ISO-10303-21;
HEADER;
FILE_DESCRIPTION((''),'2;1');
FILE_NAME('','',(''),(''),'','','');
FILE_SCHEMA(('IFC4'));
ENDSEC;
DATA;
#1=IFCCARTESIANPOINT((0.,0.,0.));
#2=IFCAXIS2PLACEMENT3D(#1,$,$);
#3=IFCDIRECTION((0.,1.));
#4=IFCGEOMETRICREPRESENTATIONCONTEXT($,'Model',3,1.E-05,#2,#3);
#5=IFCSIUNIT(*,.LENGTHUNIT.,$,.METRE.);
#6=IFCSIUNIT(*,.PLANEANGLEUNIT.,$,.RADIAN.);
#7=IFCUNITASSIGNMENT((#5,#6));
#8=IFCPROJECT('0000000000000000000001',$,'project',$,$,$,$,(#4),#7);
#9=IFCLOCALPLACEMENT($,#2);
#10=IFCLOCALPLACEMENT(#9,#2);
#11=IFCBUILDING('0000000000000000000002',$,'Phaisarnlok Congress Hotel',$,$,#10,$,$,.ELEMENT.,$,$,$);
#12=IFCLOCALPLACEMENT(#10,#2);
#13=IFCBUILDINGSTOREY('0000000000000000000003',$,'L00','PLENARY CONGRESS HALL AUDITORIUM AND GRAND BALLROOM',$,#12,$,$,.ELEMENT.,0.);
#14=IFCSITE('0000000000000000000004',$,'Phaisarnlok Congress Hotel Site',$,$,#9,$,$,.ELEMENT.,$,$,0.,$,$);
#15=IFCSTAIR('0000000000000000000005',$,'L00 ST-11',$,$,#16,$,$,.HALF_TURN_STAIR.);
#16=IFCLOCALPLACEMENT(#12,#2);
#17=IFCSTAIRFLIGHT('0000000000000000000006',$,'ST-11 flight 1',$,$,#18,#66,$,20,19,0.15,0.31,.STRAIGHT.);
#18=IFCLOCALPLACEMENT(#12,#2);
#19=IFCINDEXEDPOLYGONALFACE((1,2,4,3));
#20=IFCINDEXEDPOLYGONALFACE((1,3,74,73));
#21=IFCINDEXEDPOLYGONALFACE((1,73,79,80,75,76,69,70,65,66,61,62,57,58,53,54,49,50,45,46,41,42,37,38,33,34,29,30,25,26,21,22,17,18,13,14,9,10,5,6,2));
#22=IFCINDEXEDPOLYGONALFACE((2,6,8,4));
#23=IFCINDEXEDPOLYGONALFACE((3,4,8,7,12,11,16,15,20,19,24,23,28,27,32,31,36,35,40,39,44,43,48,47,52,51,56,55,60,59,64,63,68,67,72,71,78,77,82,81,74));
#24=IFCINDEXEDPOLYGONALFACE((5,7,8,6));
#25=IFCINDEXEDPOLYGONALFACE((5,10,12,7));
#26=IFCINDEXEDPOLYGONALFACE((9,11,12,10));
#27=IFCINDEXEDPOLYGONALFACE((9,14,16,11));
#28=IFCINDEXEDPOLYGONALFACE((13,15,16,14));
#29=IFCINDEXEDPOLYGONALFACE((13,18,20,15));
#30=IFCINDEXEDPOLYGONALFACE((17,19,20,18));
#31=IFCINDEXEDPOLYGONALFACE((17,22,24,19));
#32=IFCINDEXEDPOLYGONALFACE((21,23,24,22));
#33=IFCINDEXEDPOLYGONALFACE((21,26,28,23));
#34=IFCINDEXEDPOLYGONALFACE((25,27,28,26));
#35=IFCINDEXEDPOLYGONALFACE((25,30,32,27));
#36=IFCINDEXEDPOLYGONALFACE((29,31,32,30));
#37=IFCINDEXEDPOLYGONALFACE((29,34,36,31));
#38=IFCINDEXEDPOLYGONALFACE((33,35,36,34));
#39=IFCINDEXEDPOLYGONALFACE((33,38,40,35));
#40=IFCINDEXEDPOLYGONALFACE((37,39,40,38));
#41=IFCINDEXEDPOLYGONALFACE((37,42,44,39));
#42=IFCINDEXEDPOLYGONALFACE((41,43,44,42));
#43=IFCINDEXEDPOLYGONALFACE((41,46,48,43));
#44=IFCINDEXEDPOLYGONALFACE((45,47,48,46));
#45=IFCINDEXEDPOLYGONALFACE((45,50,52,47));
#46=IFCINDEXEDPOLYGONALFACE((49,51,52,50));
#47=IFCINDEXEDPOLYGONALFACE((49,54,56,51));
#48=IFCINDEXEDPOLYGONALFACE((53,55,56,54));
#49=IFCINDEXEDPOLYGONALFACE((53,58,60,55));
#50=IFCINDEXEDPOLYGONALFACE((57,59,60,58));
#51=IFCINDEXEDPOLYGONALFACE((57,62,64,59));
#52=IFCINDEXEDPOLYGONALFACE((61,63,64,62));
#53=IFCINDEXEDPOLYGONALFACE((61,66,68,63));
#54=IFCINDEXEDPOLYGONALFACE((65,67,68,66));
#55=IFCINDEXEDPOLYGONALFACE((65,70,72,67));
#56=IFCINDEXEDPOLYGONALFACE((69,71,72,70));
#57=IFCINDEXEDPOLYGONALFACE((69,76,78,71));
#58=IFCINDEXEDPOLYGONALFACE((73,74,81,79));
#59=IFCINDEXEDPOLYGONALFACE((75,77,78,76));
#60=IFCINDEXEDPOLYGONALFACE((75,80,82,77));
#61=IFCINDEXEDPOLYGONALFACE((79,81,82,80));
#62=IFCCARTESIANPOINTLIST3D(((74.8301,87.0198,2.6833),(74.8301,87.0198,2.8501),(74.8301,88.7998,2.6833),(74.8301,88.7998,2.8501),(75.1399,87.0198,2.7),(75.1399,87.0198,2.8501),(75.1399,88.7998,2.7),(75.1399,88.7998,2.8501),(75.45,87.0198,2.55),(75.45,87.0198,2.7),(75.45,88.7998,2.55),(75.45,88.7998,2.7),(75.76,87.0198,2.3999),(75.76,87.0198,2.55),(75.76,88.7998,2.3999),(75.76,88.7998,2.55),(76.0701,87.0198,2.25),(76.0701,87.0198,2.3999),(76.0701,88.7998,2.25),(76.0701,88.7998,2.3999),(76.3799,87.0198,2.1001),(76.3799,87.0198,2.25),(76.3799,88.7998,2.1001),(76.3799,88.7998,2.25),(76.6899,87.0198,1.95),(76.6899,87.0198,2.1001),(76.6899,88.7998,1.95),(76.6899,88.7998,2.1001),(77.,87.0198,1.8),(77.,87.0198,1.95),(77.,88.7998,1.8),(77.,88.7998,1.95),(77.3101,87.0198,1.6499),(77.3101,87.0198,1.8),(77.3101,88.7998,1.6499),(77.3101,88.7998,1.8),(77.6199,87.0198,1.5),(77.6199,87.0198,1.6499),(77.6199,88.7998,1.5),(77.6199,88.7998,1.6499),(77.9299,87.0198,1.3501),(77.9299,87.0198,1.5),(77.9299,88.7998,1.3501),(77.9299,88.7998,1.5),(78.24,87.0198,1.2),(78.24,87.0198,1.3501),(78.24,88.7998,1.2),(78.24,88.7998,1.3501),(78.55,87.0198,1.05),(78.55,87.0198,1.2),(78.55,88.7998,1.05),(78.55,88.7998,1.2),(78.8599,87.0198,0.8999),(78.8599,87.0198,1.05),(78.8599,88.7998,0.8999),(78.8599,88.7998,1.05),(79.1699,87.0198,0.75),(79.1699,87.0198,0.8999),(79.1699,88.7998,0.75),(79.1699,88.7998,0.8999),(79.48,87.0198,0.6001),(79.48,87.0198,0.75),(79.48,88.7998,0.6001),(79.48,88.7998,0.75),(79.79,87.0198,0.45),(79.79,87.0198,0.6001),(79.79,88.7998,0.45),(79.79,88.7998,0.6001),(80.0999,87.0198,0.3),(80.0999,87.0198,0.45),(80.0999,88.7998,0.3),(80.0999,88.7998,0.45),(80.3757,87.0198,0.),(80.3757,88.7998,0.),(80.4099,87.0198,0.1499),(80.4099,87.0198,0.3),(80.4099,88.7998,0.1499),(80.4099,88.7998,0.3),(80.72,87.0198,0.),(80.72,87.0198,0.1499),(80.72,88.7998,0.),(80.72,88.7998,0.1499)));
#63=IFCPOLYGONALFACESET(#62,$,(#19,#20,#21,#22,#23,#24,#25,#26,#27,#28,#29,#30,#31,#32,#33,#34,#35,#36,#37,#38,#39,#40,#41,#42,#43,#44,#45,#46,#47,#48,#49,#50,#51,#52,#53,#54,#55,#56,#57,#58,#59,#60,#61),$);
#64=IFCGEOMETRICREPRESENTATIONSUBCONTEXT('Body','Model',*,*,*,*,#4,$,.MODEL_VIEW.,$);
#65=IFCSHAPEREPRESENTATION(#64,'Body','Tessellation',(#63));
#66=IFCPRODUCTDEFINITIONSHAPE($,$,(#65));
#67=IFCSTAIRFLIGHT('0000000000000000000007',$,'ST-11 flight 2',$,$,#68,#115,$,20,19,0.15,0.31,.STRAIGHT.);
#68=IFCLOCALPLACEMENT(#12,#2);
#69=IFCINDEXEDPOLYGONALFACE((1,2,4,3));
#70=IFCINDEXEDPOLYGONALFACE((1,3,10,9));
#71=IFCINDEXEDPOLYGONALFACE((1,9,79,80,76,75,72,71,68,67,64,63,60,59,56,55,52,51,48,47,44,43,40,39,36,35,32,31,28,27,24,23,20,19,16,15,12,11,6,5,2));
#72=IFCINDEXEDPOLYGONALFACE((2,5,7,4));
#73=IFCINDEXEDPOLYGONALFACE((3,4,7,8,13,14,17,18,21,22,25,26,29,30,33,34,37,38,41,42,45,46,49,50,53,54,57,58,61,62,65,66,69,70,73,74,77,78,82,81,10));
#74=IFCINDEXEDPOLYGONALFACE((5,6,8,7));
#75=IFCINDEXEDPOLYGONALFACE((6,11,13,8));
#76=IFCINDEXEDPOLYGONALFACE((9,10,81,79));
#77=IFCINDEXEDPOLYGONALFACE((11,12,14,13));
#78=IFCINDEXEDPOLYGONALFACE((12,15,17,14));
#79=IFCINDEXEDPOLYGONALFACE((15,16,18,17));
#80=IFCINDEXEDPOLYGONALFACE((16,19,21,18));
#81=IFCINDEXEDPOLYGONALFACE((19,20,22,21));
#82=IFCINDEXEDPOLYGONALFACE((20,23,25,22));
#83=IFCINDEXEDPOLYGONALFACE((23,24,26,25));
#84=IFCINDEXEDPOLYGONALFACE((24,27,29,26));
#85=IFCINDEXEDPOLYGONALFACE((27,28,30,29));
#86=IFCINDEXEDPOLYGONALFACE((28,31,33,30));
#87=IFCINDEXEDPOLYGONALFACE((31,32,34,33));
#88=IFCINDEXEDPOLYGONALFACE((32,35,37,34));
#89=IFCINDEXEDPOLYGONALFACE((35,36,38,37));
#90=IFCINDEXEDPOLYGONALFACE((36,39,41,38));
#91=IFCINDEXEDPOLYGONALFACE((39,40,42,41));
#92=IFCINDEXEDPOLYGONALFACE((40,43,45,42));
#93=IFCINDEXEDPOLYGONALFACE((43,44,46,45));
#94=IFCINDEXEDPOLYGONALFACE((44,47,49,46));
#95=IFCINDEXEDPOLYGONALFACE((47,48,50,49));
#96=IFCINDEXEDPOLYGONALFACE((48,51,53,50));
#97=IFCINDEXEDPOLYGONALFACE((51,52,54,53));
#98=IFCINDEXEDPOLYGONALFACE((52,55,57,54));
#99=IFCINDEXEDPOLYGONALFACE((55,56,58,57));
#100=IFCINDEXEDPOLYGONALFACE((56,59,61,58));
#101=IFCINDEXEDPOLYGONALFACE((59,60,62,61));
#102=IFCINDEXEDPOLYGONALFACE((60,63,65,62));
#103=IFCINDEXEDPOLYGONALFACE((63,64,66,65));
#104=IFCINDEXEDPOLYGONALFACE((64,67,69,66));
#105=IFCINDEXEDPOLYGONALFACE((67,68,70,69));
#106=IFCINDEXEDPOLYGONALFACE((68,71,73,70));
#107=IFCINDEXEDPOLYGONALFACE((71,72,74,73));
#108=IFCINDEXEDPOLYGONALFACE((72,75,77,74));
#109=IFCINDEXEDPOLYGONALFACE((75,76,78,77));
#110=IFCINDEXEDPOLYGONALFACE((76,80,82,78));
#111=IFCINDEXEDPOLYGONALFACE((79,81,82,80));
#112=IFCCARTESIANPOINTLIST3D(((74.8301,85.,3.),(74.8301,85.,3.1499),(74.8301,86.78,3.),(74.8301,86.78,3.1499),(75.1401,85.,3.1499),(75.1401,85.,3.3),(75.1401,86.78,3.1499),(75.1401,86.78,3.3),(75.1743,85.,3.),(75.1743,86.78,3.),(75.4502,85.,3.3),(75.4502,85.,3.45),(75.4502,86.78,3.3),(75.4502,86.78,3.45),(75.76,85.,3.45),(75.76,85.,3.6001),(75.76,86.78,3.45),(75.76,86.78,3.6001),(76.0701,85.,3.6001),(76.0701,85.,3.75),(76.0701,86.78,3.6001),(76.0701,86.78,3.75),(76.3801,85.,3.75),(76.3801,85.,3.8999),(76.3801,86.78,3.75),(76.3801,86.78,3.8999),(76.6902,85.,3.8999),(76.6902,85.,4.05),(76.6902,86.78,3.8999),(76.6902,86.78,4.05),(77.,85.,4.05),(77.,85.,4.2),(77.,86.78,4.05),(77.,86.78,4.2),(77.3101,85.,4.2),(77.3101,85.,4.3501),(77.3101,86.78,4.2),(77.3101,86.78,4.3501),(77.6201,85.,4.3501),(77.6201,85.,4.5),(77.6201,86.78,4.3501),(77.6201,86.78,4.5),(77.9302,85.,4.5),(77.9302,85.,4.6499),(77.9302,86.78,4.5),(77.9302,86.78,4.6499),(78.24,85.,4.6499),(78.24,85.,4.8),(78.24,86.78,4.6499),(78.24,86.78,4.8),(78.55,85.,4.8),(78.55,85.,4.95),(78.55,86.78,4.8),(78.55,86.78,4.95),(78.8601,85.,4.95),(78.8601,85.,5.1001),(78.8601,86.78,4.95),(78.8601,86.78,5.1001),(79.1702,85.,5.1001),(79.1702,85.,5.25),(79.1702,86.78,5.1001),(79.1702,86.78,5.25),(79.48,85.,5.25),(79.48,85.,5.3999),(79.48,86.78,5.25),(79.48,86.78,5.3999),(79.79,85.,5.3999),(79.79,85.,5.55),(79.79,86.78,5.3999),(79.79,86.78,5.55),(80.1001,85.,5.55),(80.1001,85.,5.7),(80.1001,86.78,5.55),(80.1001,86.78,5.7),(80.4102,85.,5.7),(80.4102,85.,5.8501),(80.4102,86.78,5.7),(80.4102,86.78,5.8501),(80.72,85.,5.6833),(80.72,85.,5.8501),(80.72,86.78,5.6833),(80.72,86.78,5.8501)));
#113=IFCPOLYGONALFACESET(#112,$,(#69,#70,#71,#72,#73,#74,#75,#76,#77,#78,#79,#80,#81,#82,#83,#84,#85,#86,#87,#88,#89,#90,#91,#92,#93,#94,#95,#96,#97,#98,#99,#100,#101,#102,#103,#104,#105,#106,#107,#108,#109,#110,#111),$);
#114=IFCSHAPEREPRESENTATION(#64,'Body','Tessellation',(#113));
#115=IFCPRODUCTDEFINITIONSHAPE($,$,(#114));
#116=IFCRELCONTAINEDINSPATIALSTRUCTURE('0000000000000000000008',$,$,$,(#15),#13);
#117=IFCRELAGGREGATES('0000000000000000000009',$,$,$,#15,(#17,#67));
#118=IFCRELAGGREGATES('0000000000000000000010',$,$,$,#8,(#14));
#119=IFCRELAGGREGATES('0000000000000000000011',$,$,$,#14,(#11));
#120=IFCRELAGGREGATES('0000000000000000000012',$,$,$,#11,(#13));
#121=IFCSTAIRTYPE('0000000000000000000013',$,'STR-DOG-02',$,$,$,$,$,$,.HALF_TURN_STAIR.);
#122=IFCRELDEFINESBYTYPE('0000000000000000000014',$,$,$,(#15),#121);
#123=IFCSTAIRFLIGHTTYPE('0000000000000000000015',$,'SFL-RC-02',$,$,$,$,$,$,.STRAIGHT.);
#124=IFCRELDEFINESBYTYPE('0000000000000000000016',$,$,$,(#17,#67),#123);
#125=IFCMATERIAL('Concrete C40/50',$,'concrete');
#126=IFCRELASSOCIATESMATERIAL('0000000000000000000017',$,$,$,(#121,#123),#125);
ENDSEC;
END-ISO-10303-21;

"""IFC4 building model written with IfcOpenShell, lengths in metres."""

from ifc_helpers import new_model, si_unit, direction, frame, origin, place, context, subcontext, project, spatial, polyline, outline, extrude, material, type_object, element, aggregate, save


model = new_model("IFC4")

# Units and contexts
model_context = context("Model", 3, precision=1e-05, world=origin(), true_north=direction((0.0, 1.0)))
body_context = subcontext(model_context, "Body", "Model", "MODEL_VIEW")
ifc_project = project(units=[si_unit("LENGTHUNIT", "METRE"), si_unit("PLANEANGLEUNIT", "RADIAN")], contexts=[model_context])

# Site, building, storey
site_placement = place(None, origin())
site = spatial("IfcSite", under=ifc_project, at=site_placement, Name="Phaisarnlok Congress Hotel Site", CompositionType="ELEMENT", RefElevation=0.0)
building_placement = place(site_placement, origin())
building = spatial("IfcBuilding", under=site, at=building_placement, Name="Phaisarnlok Congress Hotel", CompositionType="ELEMENT")
storey_placement = place(building_placement, origin())
storey = spatial("IfcBuildingStorey", under=building, at=storey_placement, Name="L00", Description="PLENARY CONGRESS HALL AUDITORIUM AND GRAND BALLROOM", CompositionType="ELEMENT", Elevation=0.0)

# Shared definitions
ifc_material_1 = material(Name="Concrete C40/50", Category="concrete")

# Stair, stair flights
stair_type = type_object("IfcStairType", Name="STR-DOG-02", PredefinedType="HALF_TURN_STAIR", material=ifc_material_1)
stair_placement = place(storey_placement, origin())
stair = element("IfcStair", 1, at=stair_placement, inside=storey, type_object=stair_type, Name="L00 ST-11", PredefinedType="HALF_TURN_STAIR")
stair_flight_type = type_object("IfcStairFlightType", Name="SFL-RC-02", PredefinedType="STRAIGHT", material=ifc_material_1)
stair_flight_1_placement = place(storey_placement, frame((80.72, 87.9099, 0.0), z_axis=(0.0, 0.0, 1.0), x_axis=(-1.0, 0.0, 0.0)))
stair_flight_1 = element("IfcStairFlight", 2, at=stair_flight_1_placement, type_object=stair_flight_type, Name="ST-11 flight 1", NumberOfRisers=20, NumberOfTreads=19, PredefinedType="STRAIGHT", RiserHeight=0.15, TreadLength=0.31, context=body_context, shape_type="SweptSolid", body=[
    extrude(outline(polyline([(0.0, 0.0), (0.0, 0.1499), (0.3101, 0.1499), (0.3101, 0.3), (0.6201, 0.3), (0.6201, 0.45), (0.9299, 0.45), (0.9299, 0.6001), (1.24, 0.6001), (1.24, 0.75), (1.55, 0.75), (1.55, 0.8999), (1.8601, 0.8999), (1.8601, 1.05), (2.1699, 1.05), (2.1699, 1.2), (2.48, 1.2), (2.48, 1.3501), (2.79, 1.3501), (2.79, 1.5), (3.1001, 1.5), (3.1001, 1.6499), (3.4099, 1.6499), (3.4099, 1.8), (3.72, 1.8), (3.72, 1.95), (4.03, 1.95), (4.03, 2.1001), (4.3401, 2.1001), (4.3401, 2.25), (4.6499, 2.25), (4.6499, 2.3999), (4.96, 2.3999), (4.96, 2.55), (5.27, 2.55), (5.27, 2.7), (5.5801, 2.7), (5.5801, 2.8501), (5.8899, 2.8501), (5.8899, 3.0), (5.8899, 2.6833), (0.3442, 0.0), (0.0, 0.0)])), frame((0.0, 0.8901, 0.0), z_axis=(0.0, -1.0, 0.0), x_axis=(1.0, 0.0, 0.0)), (0.0, 0.0, 1.0), 1.78),
])
stair_flight_2_placement = place(storey_placement, frame((74.8301, 85.8899, 3.0), z_axis=(0.0, 0.0, 1.0), x_axis=(1.0, 0.0, 0.0)))
stair_flight_2 = element("IfcStairFlight", 3, at=stair_flight_2_placement, type_object=stair_flight_type, Name="ST-11 flight 2", NumberOfRisers=20, NumberOfTreads=19, PredefinedType="STRAIGHT", RiserHeight=0.15, TreadLength=0.31, context=body_context, shape_type="SweptSolid", body=[
    extrude(outline(polyline([(0.0, 0.0), (0.0, 0.1499), (0.3101, 0.1499), (0.3101, 0.3), (0.6201, 0.3), (0.6201, 0.45), (0.9299, 0.45), (0.9299, 0.6001), (1.24, 0.6001), (1.24, 0.75), (1.55, 0.75), (1.55, 0.8999), (1.8601, 0.8999), (1.8601, 1.05), (2.1699, 1.05), (2.1699, 1.2), (2.48, 1.2), (2.48, 1.3501), (2.79, 1.3501), (2.79, 1.5), (3.1001, 1.5), (3.1001, 1.6499), (3.4099, 1.6499), (3.4099, 1.8), (3.72, 1.8), (3.72, 1.95), (4.03, 1.95), (4.03, 2.1001), (4.3401, 2.1001), (4.3401, 2.25), (4.6499, 2.25), (4.6499, 2.3999), (4.96, 2.3999), (4.96, 2.55), (5.27, 2.55), (5.27, 2.7), (5.5801, 2.7), (5.5801, 2.8501), (5.8899, 2.8501), (5.8899, 3.0), (5.8899, 2.6833), (0.3442, 0.0), (0.0, 0.0)])), frame((0.0, 0.8901, 0.0), z_axis=(0.0, -1.0, 0.0), x_axis=(1.0, 0.0, 0.0)), (0.0, 0.0, 1.0), 1.78),
])
aggregate(stair, [stair_flight_1, stair_flight_2])

save(model, "model.ifc")
